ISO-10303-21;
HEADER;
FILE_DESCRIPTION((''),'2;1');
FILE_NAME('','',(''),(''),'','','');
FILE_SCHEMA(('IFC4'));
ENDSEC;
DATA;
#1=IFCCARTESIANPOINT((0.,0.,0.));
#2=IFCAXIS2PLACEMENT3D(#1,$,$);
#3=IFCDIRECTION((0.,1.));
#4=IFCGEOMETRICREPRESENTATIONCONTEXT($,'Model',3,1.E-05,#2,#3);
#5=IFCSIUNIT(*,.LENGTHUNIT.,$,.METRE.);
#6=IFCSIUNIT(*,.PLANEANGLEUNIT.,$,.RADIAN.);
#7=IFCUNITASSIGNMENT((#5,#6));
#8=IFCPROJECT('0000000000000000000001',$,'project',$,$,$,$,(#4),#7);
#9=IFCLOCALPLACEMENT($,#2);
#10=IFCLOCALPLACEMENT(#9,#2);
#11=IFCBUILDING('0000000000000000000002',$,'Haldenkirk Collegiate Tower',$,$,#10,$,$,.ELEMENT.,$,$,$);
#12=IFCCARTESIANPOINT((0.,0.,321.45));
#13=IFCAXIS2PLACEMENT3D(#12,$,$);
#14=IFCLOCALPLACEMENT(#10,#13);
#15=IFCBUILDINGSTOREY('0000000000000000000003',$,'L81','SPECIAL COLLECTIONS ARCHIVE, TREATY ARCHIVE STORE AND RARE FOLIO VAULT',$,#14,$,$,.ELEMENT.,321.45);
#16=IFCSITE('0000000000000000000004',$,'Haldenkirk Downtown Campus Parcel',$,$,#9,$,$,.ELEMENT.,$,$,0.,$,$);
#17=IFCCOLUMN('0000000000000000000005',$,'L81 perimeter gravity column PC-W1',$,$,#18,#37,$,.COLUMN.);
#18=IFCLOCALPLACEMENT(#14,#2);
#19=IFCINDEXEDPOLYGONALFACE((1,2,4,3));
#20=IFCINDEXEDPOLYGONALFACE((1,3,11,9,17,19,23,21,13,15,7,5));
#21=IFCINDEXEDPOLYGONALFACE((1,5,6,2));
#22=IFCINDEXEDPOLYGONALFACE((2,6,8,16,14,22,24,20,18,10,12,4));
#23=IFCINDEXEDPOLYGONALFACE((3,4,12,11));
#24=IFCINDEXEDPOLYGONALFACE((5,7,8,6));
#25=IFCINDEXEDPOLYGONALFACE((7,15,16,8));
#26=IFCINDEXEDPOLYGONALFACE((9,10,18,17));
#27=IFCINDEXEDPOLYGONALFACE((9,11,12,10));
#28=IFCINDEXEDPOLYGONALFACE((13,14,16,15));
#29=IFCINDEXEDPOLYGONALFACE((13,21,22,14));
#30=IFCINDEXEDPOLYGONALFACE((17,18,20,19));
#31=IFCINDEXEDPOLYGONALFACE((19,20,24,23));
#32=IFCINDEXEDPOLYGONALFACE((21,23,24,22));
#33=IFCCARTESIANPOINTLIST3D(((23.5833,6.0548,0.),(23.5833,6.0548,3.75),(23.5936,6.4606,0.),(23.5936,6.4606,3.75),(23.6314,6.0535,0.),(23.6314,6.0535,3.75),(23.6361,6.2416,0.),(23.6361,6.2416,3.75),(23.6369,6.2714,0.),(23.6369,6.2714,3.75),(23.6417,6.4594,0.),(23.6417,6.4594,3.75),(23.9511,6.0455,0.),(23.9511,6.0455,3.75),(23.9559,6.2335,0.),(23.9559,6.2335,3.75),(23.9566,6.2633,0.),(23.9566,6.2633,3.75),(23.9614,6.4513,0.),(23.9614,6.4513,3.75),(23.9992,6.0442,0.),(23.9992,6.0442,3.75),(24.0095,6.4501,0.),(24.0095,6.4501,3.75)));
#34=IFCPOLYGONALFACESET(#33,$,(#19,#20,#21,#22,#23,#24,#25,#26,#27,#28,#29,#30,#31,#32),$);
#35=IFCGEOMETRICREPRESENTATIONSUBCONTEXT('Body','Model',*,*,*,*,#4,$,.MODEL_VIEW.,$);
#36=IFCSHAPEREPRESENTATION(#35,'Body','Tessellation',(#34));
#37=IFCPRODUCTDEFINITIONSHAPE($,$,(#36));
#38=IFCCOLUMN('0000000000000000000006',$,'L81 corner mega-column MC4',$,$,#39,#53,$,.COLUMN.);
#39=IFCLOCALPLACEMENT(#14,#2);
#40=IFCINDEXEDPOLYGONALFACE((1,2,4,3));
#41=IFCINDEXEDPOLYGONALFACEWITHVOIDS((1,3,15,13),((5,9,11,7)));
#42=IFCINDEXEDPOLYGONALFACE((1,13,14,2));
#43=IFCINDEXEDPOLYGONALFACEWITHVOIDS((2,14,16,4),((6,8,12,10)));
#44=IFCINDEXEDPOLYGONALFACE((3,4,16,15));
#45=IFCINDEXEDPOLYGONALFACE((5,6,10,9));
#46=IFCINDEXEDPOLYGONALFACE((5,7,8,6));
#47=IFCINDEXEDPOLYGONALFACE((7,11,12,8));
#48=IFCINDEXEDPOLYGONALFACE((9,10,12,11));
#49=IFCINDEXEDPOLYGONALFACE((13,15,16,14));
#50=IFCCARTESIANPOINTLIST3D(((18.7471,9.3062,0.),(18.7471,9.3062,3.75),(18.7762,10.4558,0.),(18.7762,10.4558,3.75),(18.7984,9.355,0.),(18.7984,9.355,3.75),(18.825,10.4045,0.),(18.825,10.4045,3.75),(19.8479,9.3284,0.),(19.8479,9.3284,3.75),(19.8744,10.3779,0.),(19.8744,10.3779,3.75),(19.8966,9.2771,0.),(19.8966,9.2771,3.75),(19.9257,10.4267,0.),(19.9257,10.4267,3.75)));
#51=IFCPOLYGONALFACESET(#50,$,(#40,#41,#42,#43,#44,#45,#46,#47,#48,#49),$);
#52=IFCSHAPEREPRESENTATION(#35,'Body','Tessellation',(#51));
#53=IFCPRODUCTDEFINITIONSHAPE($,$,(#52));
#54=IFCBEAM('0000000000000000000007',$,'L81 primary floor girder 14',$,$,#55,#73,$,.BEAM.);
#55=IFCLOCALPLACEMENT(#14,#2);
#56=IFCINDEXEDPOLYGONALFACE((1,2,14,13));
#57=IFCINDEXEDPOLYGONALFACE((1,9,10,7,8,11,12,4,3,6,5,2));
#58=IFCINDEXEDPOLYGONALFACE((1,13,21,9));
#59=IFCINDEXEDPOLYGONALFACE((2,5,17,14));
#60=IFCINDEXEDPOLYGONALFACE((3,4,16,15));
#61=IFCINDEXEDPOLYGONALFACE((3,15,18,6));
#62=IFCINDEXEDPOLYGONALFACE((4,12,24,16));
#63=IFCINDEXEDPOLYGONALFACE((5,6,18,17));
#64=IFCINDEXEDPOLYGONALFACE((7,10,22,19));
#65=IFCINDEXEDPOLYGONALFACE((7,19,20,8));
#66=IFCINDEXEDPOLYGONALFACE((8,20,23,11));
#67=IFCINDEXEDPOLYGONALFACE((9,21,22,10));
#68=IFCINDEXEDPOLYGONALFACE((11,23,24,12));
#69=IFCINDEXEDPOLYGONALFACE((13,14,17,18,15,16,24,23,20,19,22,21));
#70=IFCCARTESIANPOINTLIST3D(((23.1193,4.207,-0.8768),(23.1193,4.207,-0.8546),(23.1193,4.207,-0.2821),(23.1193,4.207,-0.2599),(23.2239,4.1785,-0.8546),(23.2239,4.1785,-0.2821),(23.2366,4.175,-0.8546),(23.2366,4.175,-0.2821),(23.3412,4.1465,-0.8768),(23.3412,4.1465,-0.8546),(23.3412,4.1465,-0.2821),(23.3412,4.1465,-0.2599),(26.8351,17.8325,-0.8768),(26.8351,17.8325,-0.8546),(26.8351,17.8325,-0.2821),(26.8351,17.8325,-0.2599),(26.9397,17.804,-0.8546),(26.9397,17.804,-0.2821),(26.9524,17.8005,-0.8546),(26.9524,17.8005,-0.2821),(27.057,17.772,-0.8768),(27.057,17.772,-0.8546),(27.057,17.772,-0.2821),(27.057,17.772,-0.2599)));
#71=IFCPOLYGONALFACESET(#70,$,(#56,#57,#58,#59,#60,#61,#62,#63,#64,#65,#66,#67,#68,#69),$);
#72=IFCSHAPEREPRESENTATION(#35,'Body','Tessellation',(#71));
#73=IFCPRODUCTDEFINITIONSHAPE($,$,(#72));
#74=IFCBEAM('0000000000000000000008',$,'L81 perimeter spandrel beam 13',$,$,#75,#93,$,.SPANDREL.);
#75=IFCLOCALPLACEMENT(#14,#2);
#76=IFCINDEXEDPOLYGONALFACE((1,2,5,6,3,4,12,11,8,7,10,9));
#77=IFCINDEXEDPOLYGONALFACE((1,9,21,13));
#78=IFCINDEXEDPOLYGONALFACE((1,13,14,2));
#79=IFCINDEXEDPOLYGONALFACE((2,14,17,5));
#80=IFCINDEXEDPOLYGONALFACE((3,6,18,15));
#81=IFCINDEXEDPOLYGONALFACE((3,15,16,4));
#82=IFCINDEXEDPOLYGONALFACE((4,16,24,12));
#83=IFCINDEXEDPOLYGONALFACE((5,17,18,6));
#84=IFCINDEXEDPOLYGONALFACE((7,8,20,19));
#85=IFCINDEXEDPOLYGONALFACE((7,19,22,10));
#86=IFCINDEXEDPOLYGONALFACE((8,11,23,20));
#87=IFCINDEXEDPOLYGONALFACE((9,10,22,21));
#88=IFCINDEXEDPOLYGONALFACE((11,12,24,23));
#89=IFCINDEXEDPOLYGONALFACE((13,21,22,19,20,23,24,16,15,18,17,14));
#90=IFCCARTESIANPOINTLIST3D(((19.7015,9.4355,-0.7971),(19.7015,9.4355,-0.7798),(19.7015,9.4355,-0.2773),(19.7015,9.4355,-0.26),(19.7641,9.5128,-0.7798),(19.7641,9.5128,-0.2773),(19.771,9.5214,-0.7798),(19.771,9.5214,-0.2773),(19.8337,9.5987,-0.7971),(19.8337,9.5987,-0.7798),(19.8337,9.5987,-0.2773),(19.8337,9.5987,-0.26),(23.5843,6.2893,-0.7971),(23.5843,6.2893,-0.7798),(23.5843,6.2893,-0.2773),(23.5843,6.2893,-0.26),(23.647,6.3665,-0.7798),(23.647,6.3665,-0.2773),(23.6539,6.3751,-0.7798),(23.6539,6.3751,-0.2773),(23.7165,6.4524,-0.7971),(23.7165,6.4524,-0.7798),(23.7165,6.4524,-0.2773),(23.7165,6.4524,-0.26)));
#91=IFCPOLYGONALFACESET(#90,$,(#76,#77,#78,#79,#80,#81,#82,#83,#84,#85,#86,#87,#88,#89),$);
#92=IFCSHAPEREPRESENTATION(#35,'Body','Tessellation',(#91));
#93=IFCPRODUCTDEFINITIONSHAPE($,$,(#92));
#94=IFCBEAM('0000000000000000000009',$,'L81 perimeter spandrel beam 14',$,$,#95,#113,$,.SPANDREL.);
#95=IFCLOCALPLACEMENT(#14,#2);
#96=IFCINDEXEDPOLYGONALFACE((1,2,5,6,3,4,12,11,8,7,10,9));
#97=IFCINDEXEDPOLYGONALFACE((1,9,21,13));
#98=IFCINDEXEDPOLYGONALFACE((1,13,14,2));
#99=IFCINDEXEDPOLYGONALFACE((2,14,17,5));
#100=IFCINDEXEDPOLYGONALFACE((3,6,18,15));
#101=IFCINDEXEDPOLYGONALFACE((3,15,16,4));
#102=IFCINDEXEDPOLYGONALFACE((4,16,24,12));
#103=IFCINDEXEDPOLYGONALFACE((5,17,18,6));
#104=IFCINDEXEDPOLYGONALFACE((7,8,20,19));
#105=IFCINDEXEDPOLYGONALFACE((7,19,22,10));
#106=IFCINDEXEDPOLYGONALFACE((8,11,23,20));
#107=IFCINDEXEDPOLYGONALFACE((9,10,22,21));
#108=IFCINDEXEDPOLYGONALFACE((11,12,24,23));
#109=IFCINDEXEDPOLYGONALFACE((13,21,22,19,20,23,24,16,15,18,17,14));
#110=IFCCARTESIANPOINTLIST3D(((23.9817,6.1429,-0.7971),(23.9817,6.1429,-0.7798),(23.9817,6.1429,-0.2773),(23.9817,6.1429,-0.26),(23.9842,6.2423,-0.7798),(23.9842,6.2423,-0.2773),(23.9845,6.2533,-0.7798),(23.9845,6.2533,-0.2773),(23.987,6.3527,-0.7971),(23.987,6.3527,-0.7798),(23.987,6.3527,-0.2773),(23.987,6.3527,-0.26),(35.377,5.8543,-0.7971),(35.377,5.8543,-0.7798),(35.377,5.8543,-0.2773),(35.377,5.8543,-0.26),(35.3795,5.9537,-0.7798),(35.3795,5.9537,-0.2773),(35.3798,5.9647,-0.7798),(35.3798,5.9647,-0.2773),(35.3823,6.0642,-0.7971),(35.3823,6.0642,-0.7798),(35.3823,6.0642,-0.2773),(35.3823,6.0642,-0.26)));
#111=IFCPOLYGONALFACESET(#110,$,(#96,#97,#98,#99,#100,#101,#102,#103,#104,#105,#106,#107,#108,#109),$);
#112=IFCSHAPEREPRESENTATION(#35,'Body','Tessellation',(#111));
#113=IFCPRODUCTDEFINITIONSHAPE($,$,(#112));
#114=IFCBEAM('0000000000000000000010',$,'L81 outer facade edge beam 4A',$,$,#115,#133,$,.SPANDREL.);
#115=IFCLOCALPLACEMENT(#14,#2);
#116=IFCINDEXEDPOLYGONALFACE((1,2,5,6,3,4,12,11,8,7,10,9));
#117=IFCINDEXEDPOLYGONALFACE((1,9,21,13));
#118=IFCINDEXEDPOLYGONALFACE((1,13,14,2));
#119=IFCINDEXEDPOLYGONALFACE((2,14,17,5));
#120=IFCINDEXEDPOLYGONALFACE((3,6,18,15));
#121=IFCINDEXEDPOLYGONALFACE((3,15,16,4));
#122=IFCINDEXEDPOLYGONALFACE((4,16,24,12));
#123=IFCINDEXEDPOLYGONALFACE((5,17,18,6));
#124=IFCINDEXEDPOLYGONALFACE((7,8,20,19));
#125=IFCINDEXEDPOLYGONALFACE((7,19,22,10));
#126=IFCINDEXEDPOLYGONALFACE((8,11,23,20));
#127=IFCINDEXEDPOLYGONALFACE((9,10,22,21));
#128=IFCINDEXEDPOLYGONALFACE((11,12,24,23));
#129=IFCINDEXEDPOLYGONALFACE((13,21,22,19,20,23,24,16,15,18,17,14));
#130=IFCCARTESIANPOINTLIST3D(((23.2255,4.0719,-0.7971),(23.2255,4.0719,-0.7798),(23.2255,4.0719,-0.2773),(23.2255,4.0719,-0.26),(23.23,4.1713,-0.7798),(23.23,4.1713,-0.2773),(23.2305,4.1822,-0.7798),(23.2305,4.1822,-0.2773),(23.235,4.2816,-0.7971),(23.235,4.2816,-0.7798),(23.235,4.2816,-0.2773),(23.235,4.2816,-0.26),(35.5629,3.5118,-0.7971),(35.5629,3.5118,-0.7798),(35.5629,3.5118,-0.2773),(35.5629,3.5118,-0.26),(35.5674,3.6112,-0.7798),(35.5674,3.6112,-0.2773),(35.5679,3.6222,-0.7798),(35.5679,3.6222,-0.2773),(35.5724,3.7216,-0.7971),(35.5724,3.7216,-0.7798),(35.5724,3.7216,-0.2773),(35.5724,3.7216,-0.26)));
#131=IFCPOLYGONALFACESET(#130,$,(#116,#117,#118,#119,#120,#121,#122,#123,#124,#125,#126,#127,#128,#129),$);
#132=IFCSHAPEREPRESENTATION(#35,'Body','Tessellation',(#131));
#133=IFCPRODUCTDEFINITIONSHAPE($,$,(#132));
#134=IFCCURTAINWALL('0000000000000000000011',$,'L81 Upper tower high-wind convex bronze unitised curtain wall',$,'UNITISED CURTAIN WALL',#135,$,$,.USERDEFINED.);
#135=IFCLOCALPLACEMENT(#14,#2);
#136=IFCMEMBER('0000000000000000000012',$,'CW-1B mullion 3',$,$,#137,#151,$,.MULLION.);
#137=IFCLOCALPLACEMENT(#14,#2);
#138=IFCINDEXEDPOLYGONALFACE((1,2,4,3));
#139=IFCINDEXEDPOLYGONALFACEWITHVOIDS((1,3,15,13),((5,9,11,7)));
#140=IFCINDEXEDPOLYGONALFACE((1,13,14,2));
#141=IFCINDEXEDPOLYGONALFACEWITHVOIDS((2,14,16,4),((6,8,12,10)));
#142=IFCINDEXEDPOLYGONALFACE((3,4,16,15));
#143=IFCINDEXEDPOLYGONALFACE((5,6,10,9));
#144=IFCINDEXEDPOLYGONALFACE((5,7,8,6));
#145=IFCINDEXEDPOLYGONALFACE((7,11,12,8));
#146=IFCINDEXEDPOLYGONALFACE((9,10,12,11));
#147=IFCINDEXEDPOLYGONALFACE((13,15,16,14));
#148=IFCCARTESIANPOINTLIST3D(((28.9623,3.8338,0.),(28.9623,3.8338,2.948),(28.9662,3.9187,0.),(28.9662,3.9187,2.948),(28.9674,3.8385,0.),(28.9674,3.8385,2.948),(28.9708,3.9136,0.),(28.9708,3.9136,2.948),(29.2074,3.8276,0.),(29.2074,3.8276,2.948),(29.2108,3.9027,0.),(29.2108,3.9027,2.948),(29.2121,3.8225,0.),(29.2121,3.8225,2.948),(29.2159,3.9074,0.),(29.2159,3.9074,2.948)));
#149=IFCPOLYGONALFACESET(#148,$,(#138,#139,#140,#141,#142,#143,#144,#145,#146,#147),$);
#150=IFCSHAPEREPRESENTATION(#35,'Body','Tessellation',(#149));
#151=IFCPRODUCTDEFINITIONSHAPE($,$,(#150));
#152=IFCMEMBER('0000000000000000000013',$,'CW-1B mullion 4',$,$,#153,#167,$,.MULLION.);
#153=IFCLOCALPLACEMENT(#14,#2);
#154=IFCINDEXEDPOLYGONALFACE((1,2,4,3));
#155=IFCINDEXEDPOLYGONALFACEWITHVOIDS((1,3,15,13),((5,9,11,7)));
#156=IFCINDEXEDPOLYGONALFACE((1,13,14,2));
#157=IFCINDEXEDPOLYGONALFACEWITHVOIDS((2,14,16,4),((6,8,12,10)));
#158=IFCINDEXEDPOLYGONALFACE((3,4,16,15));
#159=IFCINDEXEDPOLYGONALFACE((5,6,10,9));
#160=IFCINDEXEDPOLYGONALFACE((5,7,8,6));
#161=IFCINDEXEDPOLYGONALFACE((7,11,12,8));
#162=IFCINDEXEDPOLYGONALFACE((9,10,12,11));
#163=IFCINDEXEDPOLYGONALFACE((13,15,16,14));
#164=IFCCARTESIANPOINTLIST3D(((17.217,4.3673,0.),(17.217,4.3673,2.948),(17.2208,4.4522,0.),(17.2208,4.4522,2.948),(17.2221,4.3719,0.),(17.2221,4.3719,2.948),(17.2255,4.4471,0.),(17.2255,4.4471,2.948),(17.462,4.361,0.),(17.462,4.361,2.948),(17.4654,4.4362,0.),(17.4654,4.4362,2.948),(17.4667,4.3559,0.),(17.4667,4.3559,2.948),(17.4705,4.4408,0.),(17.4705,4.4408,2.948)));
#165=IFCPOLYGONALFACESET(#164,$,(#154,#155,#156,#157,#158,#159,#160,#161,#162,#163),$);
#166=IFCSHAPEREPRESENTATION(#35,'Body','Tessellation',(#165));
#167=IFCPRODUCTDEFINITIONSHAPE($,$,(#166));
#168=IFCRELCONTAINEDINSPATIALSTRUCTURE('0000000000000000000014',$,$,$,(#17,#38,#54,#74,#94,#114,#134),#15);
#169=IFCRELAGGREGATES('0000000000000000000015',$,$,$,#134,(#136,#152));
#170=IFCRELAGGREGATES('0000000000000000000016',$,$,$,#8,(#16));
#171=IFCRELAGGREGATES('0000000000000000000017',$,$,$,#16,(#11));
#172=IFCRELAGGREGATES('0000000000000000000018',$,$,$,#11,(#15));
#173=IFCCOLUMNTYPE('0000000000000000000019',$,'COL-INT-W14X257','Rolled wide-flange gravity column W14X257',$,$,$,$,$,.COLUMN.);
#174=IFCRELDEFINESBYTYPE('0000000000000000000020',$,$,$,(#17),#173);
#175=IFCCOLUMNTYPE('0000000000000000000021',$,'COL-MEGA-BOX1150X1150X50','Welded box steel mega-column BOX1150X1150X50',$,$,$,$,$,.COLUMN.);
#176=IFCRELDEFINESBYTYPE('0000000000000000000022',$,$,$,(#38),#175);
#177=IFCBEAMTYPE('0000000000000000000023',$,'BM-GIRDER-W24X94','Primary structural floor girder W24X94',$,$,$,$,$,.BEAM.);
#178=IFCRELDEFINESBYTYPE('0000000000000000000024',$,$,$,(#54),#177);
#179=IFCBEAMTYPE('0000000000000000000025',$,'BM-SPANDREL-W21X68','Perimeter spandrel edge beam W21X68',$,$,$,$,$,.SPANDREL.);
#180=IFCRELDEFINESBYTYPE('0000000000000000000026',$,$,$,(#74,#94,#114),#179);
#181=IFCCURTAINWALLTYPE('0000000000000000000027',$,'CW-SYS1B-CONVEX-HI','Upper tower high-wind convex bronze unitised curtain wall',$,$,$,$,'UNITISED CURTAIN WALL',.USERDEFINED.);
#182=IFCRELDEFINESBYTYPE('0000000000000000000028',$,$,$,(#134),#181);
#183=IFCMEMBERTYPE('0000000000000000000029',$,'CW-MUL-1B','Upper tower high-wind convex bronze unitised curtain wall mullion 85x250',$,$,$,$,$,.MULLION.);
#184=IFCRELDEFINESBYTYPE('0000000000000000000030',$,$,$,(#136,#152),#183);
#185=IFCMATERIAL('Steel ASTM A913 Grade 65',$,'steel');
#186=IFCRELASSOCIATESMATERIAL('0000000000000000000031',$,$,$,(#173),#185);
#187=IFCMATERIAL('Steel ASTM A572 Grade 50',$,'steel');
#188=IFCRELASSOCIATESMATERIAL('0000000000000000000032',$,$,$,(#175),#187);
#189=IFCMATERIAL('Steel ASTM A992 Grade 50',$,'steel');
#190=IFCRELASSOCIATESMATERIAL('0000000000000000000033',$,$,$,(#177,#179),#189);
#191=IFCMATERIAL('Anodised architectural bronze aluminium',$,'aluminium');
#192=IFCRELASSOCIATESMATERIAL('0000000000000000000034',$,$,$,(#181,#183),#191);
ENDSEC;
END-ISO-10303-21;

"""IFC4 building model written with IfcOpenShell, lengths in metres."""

from ifc_helpers import new_model, si_unit, direction, frame, origin, origin_2d, place, context, subcontext, project, spatial, hollow_rectangle, i_section, extrude, material, material_profile, profile_set, type_object, element, aggregate, save


model = new_model("IFC4")

# Units and contexts
model_context = context("Model", 3, precision=1e-05, world=origin(), true_north=direction((0.0, 1.0)))
body_context = subcontext(model_context, "Body", "Model", "MODEL_VIEW")
ifc_project = project(units=[si_unit("LENGTHUNIT", "METRE"), si_unit("PLANEANGLEUNIT", "RADIAN")], contexts=[model_context])

# Site, building, storey
site_placement = place(None, origin())
site = spatial("IfcSite", under=ifc_project, at=site_placement, Name="Haldenkirk Downtown Campus Parcel", CompositionType="ELEMENT", RefElevation=0.0)
building_placement = place(site_placement, origin())
building = spatial("IfcBuilding", under=site, at=building_placement, Name="Haldenkirk Collegiate Tower", CompositionType="ELEMENT")
storey_placement = place(building_placement, frame((0.0, 0.0, 321.45)))
storey = spatial("IfcBuildingStorey", under=building, at=storey_placement, Name="L81", Description="SPECIAL COLLECTIONS ARCHIVE, TREATY ARCHIVE STORE AND RARE FOLIO VAULT", CompositionType="ELEMENT", Elevation=321.45)

# Columns
ifc_material_1 = material(Name="Steel ASTM A913 Grade 65", Category="steel")
ifc_material_profile_1 = material_profile(ifc_material_1, i_section(OverallWidth=0.406, OverallDepth=0.416, WebThickness=0.0298, FlangeThickness=0.0481, at=origin_2d()), Name="W14X257")
ifc_profile_set_1 = profile_set([ifc_material_profile_1], Name="Steel ASTM A913 Grade 65")
column_type_1 = type_object("IfcColumnType", Name="COL-INT-W14X257", Description="Rolled wide-flange gravity column W14X257", PredefinedType="COLUMN", material=ifc_profile_set_1)
column_1_placement = place(storey_placement, frame((23.7964, 6.2524, 0.0), z_axis=(0.0, 0.0, 1.0), x_axis=(0.025305, 0.99968, 0.0)))
element("IfcColumn", 1, at=column_1_placement, inside=storey, type_object=column_type_1, Name="L81 perimeter gravity column PC-W1", PredefinedType="COLUMN", context=body_context, shape_type="SweptSolid", body=[
    extrude(i_section(OverallWidth=0.406, OverallDepth=0.416, WebThickness=0.0298, FlangeThickness=0.0481, at=origin_2d()), origin(), (0.0, 0.0, 1.0), 3.75),
])
ifc_material_2 = material(Name="Steel ASTM A572 Grade 50", Category="steel")
ifc_material_profile_2 = material_profile(ifc_material_2, hollow_rectangle(XDim=1.1499, YDim=1.1499, WallThickness=0.05, at=origin_2d()), Name="BOX1150X1150X50")
ifc_profile_set_2 = profile_set([ifc_material_profile_2], Name="Steel ASTM A572 Grade 50")
column_type_2 = type_object("IfcColumnType", Name="COL-MEGA-BOX1150X1150X50", Description="Welded box steel mega-column BOX1150X1150X50", PredefinedType="COLUMN", material=ifc_profile_set_2)
column_2_placement = place(storey_placement, frame((19.3364, 9.8665, 0.0), z_axis=(0.0, 0.0, 1.0), x_axis=(0.025305, 0.99968, 0.0)))
element("IfcColumn", 2, at=column_2_placement, inside=storey, type_object=column_type_2, Name="L81 corner mega-column MC4", PredefinedType="COLUMN", context=body_context, shape_type="SweptSolid", body=[
    extrude(hollow_rectangle(XDim=1.1499, YDim=1.1499, WallThickness=0.05, at=origin_2d()), origin(), (0.0, 0.0, 1.0), 3.75),
])

# Beams
ifc_material_3 = material(Name="Steel ASTM A992 Grade 50", Category="steel")
ifc_material_profile_3 = material_profile(ifc_material_3, i_section(OverallWidth=0.23, OverallDepth=0.6169, WebThickness=0.0132, FlangeThickness=0.0222, at=origin_2d()), Name="W24X94")
ifc_profile_set_3 = profile_set([ifc_material_profile_3], Name="Steel ASTM A992 Grade 50")
beam_type_1 = type_object("IfcBeamType", Name="BM-GIRDER-W24X94", Description="Primary structural floor girder W24X94", PredefinedType="BEAM", material=ifc_profile_set_3)
beam_1_placement = place(storey_placement, frame((23.2302, 4.1768, -0.5684), z_axis=(0.263103, 0.964768, 0.0), x_axis=(-0.964768, 0.263103, 0.0)))
element("IfcBeam", 3, at=beam_1_placement, inside=storey, type_object=beam_type_1, Name="L81 primary floor girder 14", PredefinedType="BEAM", context=body_context, shape_type="SweptSolid", body=[
    extrude(i_section(OverallWidth=0.23, OverallDepth=0.6169, WebThickness=0.0132, FlangeThickness=0.0222, at=origin_2d()), origin(), (0.0, 0.0, 1.0), 14.123),
])
ifc_material_profile_4 = material_profile(ifc_material_3, i_section(OverallWidth=0.21, OverallDepth=0.5371, WebThickness=0.011, FlangeThickness=0.0173, at=origin_2d()), Name="W21X68")
ifc_profile_set_4 = profile_set([ifc_material_profile_4], Name="Steel ASTM A992 Grade 50")
beam_type_2 = type_object("IfcBeamType", Name="BM-SPANDREL-W21X68", Description="Perimeter spandrel edge beam W21X68", PredefinedType="SPANDREL", material=ifc_profile_set_4)
beam_2_placement = place(storey_placement, frame((19.7676, 9.5171, -0.5286), z_axis=(0.77695, -0.629562, 0.0), x_axis=(0.629562, 0.77695, 0.0)))
element("IfcBeam", 4, at=beam_2_placement, inside=storey, type_object=beam_type_2, Name="L81 perimeter spandrel beam 13", PredefinedType="SPANDREL", context=body_context, shape_type="SweptSolid", body=[
    extrude(i_section(OverallWidth=0.21, OverallDepth=0.5371, WebThickness=0.011, FlangeThickness=0.0173, at=origin_2d()), origin(), (0.0, 0.0, 1.0), 4.9976),
])
beam_3_placement = place(storey_placement, frame((23.9844, 6.2478, -0.5286), z_axis=(0.99968, -0.025316, 0.0), x_axis=(0.025316, 0.99968, 0.0)))
element("IfcBeam", 5, at=beam_3_placement, inside=storey, type_object=beam_type_2, Name="L81 perimeter spandrel beam 14", PredefinedType="SPANDREL", context=body_context, shape_type="SweptSolid", body=[
    extrude(i_section(OverallWidth=0.21, OverallDepth=0.5371, WebThickness=0.011, FlangeThickness=0.0173, at=origin_2d()), origin(), (0.0, 0.0, 1.0), 11.3989),
])
beam_4_placement = place(storey_placement, frame((23.2302, 4.1768, -0.5286), z_axis=(0.998971, -0.045348, 0.0), x_axis=(0.045348, 0.998971, 0.0)))
element("IfcBeam", 6, at=beam_4_placement, inside=storey, type_object=beam_type_2, Name="L81 outer facade edge beam 4A", PredefinedType="SPANDREL", context=body_context, shape_type="SweptSolid", body=[
    extrude(i_section(OverallWidth=0.21, OverallDepth=0.5371, WebThickness=0.011, FlangeThickness=0.0173, at=origin_2d()), origin(), (0.0, 0.0, 1.0), 12.3501),
])

# Curtain wall, members
ifc_material_4 = material(Name="Anodised architectural bronze aluminium", Category="aluminium")
curtain_wall_type = type_object("IfcCurtainWallType", Name="CW-SYS1B-CONVEX-HI", Description="Upper tower high-wind convex bronze unitised curtain wall", ElementType="UNITISED CURTAIN WALL", PredefinedType="USERDEFINED", material=ifc_material_4)
curtain_wall_placement = place(storey_placement, origin())
curtain_wall = element("IfcCurtainWall", 7, at=curtain_wall_placement, inside=storey, type_object=curtain_wall_type, Name="L81 Upper tower high-wind convex bronze unitised curtain wall", ObjectType="UNITISED CURTAIN WALL", PredefinedType="USERDEFINED")
ifc_material_profile_5 = material_profile(ifc_material_4, hollow_rectangle(XDim=0.085, YDim=0.25, WallThickness=0.0049, at=origin_2d()), Name="CW-MUL-1B")
ifc_profile_set_5 = profile_set([ifc_material_profile_5], Name="Anodised architectural bronze aluminium")
member_type_1 = type_object("IfcMemberType", Name="CW-MUL-1B", Description="Upper tower high-wind convex bronze unitised curtain wall mullion 85x250", PredefinedType="MULLION", material=ifc_profile_set_5)
member_1_placement = place(storey_placement, frame((29.0891, 3.8706, 0.0), z_axis=(0.0, 0.0, 1.0), x_axis=(-0.045364, -0.998971, 0.0)))
member_1 = element("IfcMember", 8, at=member_1_placement, type_object=member_type_1, Name="CW-1B mullion 3", PredefinedType="MULLION", context=body_context, shape_type="SweptSolid", body=[
    extrude(hollow_rectangle(XDim=0.085, YDim=0.25, WallThickness=0.0049, at=origin_2d()), origin(), (0.0, 0.0, 1.0), 2.948),
])
member_2_placement = place(storey_placement, frame((17.3438, 4.4041, 0.0), z_axis=(0.0, 0.0, 1.0), x_axis=(-0.045364, -0.998971, 0.0)))
member_2 = element("IfcMember", 9, at=member_2_placement, type_object=member_type_1, Name="CW-1B mullion 4", PredefinedType="MULLION", context=body_context, shape_type="SweptSolid", body=[
    extrude(hollow_rectangle(XDim=0.085, YDim=0.25, WallThickness=0.0049, at=origin_2d()), origin(), (0.0, 0.0, 1.0), 2.948),
])

aggregate(curtain_wall, [member_1, member_2])

save(model, "model.ifc")
